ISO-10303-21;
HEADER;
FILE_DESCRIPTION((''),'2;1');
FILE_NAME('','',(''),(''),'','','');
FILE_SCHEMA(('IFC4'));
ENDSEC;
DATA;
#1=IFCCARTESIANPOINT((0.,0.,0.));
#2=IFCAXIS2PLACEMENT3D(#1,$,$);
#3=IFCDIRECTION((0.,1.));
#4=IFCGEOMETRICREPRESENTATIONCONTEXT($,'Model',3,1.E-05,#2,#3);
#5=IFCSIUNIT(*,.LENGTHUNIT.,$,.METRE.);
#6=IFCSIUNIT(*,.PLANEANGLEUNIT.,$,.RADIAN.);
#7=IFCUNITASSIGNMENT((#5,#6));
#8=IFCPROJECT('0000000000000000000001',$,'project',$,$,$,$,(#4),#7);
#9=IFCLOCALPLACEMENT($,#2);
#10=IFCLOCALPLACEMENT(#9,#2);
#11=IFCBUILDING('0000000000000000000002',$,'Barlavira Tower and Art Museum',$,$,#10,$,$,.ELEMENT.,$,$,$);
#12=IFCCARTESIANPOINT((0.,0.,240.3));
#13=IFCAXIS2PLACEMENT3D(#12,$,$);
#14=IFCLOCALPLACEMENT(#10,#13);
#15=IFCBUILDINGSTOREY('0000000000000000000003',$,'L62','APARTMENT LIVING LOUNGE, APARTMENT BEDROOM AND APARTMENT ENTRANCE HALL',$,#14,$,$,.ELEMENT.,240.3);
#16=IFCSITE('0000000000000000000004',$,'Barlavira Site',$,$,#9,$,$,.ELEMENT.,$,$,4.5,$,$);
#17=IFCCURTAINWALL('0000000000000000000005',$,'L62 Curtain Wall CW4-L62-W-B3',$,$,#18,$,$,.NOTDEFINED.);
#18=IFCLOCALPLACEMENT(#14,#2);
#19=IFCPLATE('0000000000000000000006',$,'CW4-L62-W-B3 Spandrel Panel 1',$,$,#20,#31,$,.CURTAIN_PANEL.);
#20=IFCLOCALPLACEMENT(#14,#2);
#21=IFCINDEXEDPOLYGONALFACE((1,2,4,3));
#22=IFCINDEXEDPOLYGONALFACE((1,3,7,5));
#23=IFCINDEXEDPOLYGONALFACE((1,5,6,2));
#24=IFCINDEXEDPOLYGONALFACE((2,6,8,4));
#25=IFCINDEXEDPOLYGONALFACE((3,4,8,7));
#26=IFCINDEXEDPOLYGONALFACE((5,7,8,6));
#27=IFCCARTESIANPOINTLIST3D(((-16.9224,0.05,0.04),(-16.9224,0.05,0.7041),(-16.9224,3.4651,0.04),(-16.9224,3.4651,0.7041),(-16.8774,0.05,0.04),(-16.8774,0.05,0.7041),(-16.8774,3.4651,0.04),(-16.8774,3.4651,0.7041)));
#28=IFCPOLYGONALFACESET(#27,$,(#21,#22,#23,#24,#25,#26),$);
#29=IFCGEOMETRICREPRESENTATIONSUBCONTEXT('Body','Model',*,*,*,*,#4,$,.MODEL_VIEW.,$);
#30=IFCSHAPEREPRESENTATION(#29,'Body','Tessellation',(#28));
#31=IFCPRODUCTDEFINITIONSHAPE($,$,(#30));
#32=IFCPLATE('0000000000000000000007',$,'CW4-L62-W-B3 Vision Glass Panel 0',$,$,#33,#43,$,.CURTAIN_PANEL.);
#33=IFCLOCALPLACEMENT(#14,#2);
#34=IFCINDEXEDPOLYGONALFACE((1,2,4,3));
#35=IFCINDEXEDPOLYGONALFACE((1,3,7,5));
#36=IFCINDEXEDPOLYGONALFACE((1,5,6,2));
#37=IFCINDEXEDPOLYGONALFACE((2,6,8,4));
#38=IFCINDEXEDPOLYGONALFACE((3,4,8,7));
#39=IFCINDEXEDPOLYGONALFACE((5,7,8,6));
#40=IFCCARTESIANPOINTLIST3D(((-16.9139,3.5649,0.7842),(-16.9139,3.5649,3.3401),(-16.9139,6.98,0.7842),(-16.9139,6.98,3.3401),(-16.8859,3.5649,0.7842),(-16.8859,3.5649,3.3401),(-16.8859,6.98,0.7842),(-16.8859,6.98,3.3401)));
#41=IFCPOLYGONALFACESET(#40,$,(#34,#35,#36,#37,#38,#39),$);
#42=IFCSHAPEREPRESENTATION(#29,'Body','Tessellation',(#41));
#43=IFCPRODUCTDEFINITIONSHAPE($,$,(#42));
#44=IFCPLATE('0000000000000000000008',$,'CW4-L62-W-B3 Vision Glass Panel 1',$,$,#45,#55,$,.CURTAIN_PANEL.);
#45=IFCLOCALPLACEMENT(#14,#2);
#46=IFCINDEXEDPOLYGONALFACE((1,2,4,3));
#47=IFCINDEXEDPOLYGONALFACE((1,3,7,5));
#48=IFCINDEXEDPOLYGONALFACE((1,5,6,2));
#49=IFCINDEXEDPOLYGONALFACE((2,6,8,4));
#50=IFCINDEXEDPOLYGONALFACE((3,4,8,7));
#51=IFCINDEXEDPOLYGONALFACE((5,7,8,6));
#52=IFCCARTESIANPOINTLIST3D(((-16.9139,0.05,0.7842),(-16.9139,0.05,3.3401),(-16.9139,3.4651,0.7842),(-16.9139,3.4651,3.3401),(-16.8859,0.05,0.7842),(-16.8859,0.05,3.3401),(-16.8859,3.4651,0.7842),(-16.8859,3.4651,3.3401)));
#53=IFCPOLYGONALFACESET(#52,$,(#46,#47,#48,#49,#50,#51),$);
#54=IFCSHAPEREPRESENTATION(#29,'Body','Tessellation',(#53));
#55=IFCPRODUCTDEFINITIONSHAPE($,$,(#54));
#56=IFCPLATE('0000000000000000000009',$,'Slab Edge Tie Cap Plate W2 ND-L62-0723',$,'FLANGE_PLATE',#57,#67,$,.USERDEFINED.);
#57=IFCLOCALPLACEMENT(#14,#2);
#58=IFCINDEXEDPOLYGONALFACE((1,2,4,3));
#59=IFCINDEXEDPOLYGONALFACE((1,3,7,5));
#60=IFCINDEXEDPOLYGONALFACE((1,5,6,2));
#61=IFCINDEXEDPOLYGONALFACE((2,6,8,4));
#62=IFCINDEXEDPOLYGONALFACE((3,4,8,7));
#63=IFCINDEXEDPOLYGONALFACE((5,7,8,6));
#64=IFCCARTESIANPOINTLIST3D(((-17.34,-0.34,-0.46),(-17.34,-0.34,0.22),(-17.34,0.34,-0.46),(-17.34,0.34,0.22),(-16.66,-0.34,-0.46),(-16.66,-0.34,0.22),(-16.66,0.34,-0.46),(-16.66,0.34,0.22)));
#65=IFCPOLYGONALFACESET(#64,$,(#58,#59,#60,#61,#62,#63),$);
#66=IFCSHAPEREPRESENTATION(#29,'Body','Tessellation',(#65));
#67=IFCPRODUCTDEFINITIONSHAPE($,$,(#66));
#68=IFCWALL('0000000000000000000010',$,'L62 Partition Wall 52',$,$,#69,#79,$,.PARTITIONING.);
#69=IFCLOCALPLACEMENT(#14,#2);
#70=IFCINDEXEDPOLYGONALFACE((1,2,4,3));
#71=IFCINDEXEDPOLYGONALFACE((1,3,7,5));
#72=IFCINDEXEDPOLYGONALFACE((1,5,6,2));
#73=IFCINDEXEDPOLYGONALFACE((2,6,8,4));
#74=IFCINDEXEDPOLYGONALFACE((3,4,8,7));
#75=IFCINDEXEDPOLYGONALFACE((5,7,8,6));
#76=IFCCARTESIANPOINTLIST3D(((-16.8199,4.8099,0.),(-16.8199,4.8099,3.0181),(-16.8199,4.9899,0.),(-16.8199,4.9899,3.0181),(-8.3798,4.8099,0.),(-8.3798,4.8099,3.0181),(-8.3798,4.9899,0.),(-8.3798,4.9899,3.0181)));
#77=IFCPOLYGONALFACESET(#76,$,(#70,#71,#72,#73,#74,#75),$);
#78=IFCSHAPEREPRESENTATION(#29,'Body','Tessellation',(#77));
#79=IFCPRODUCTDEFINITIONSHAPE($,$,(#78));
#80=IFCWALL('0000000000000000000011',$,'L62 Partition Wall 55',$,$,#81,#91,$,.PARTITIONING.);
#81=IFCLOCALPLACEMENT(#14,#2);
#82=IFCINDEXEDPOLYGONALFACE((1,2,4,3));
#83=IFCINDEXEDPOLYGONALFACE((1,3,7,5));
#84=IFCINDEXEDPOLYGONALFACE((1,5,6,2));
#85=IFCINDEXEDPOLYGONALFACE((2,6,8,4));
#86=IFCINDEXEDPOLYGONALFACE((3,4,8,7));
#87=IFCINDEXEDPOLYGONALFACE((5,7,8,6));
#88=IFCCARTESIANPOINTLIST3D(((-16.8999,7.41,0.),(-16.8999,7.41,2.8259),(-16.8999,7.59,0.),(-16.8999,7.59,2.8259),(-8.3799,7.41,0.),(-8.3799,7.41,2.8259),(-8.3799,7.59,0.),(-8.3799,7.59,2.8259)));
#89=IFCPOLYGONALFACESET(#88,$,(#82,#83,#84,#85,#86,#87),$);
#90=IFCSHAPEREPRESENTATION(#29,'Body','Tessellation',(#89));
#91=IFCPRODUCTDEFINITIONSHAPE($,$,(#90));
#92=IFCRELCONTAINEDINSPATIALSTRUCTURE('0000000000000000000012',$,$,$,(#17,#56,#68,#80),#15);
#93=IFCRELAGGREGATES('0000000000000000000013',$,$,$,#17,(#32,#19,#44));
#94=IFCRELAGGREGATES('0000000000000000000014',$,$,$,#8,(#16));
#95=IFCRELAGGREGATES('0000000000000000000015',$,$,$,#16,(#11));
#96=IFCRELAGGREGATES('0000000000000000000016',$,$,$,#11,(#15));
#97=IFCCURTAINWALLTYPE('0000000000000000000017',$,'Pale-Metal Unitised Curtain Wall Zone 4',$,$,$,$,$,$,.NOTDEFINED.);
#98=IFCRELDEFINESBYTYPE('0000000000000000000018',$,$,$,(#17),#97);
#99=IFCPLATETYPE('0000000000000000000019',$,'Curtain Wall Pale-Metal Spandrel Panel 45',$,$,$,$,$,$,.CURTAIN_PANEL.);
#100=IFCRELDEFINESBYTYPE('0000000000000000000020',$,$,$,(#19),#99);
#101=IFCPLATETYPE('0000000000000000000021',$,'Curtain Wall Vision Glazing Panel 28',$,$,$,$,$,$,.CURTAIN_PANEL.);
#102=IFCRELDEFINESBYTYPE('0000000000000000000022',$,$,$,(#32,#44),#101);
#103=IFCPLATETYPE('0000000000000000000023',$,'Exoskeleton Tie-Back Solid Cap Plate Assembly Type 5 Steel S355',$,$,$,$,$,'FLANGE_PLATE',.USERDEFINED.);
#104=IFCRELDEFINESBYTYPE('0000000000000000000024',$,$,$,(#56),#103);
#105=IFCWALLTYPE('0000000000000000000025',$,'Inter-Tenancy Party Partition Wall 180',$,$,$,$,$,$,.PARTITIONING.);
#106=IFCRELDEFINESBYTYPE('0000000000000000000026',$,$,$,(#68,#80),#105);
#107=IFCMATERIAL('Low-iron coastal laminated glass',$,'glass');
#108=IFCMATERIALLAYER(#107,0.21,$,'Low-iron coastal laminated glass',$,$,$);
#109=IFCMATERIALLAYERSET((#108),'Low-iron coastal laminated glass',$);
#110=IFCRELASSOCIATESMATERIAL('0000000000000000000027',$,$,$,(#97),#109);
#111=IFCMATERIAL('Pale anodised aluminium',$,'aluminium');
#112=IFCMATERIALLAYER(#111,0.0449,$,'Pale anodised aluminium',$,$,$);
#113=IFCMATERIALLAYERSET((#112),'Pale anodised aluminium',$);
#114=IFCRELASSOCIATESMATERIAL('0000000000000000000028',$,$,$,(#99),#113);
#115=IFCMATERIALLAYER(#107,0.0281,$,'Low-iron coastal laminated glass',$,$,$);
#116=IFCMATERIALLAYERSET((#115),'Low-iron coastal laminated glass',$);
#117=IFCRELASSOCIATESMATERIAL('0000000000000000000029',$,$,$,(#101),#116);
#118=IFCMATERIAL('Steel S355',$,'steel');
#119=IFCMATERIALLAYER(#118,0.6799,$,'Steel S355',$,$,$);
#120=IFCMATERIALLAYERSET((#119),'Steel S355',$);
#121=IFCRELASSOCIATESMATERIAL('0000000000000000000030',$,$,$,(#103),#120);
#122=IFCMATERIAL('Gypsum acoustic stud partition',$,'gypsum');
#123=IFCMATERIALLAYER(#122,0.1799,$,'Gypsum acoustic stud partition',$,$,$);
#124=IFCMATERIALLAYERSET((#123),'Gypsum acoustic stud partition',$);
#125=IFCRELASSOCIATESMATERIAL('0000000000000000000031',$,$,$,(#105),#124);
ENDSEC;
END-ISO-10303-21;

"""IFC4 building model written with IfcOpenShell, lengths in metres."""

from ifc_helpers import new_model, si_unit, direction, frame, frame_2d, origin, origin_2d, place, context, subcontext, project, spatial, rectangle, extrude, material, layer, layer_set, type_object, element, aggregate, save


model = new_model("IFC4")

# Units and contexts
model_context = context("Model", 3, precision=1e-05, world=origin(), true_north=direction((0.0, 1.0)))
body_context = subcontext(model_context, "Body", "Model", "MODEL_VIEW")
ifc_project = project(units=[si_unit("LENGTHUNIT", "METRE"), si_unit("PLANEANGLEUNIT", "RADIAN")], contexts=[model_context])

# Site, building, storey
site_placement = place(None, origin())
site = spatial("IfcSite", under=ifc_project, at=site_placement, Name="Barlavira Site", CompositionType="ELEMENT", RefElevation=4.5)
building_placement = place(site_placement, origin())
building = spatial("IfcBuilding", under=site, at=building_placement, Name="Barlavira Tower and Art Museum", CompositionType="ELEMENT")
storey_placement = place(building_placement, frame((0.0, 0.0, 240.3)))
storey = spatial("IfcBuildingStorey", under=building, at=storey_placement, Name="L62", Description="APARTMENT LIVING LOUNGE, APARTMENT BEDROOM AND APARTMENT ENTRANCE HALL", CompositionType="ELEMENT", Elevation=240.3)

# Curtain wall
ifc_material_1 = material(Name="Low-iron coastal laminated glass", Category="glass")
ifc_layer_1 = layer(ifc_material_1, 0.21, Name="Low-iron coastal laminated glass")
ifc_layer_set_1 = layer_set([ifc_layer_1], Name="Low-iron coastal laminated glass")
curtain_wall_type = type_object("IfcCurtainWallType", Name="Pale-Metal Unitised Curtain Wall Zone 4", PredefinedType="NOTDEFINED", material=ifc_layer_set_1)
curtain_wall_placement = place(storey_placement, origin())
curtain_wall = element("IfcCurtainWall", 1, at=curtain_wall_placement, inside=storey, type_object=curtain_wall_type, Name="L62 Curtain Wall CW4-L62-W-B3", PredefinedType="NOTDEFINED")
ifc_material_2 = material(Name="Pale anodised aluminium", Category="aluminium")

# Shared definitions
ifc_material_3 = material(Name="Steel S355", Category="steel")

# Plates
ifc_layer_2 = layer(ifc_material_2, 0.0449, Name="Pale anodised aluminium")
ifc_layer_set_2 = layer_set([ifc_layer_2], Name="Pale anodised aluminium")
plate_type_1 = type_object("IfcPlateType", Name="Curtain Wall Pale-Metal Spandrel Panel 45", PredefinedType="CURTAIN_PANEL", material=ifc_layer_set_2)
plate_1_placement = place(storey_placement, frame((-16.8999, 1.7576, 0.04), z_axis=(0.0, 0.0, 1.0), x_axis=(0.0, -1.0, 0.0)))
plate_1 = element("IfcPlate", 2, at=plate_1_placement, type_object=plate_type_1, Name="CW4-L62-W-B3 Spandrel Panel 1", PredefinedType="CURTAIN_PANEL", context=body_context, shape_type="SweptSolid", body=[
    extrude(rectangle(XDim=3.415, YDim=0.0449, at=origin_2d()), origin(), (0.0, 0.0, 1.0), 0.6641),
])
ifc_layer_3 = layer(ifc_material_1, 0.0281, Name="Low-iron coastal laminated glass")
ifc_layer_set_3 = layer_set([ifc_layer_3], Name="Low-iron coastal laminated glass")
plate_type_2 = type_object("IfcPlateType", Name="Curtain Wall Vision Glazing Panel 28", PredefinedType="CURTAIN_PANEL", material=ifc_layer_set_3)
plate_2_placement = place(storey_placement, frame((-16.8999, 5.2725, 0.7842), z_axis=(0.0, 0.0, 1.0), x_axis=(0.0, -1.0, 0.0)))
plate_2 = element("IfcPlate", 3, at=plate_2_placement, type_object=plate_type_2, Name="CW4-L62-W-B3 Vision Glass Panel 0", PredefinedType="CURTAIN_PANEL", context=body_context, shape_type="SweptSolid", body=[
    extrude(rectangle(XDim=3.415, YDim=0.0281, at=origin_2d()), origin(), (0.0, 0.0, 1.0), 2.5559),
])
plate_3_placement = place(storey_placement, frame((-16.8999, 1.7576, 0.7842), z_axis=(0.0, 0.0, 1.0), x_axis=(0.0, -1.0, 0.0)))
plate_3 = element("IfcPlate", 4, at=plate_3_placement, type_object=plate_type_2, Name="CW4-L62-W-B3 Vision Glass Panel 1", PredefinedType="CURTAIN_PANEL", context=body_context, shape_type="SweptSolid", body=[
    extrude(rectangle(XDim=3.415, YDim=0.0281, at=origin_2d()), origin(), (0.0, 0.0, 1.0), 2.5559),
])
aggregate(curtain_wall, [plate_2, plate_1, plate_3])
ifc_layer_4 = layer(ifc_material_3, 0.6799, Name="Steel S355")
ifc_layer_set_4 = layer_set([ifc_layer_4], Name="Steel S355")
plate_type_3 = type_object("IfcPlateType", Name="Exoskeleton Tie-Back Solid Cap Plate Assembly Type 5 Steel S355", ElementType="FLANGE_PLATE", PredefinedType="USERDEFINED", material=ifc_layer_set_4)
plate_4_placement = place(storey_placement, frame((-17.0, 0.0, -0.46), z_axis=(0.0, 0.0, 1.0), x_axis=(1.0, 0.0, 0.0)))
element("IfcPlate", 5, at=plate_4_placement, inside=storey, type_object=plate_type_3, Name="Slab Edge Tie Cap Plate W2 ND-L62-0723", ObjectType="FLANGE_PLATE", PredefinedType="USERDEFINED", context=body_context, shape_type="SweptSolid", body=[
    extrude(rectangle(XDim=0.6799, YDim=0.6799, at=origin_2d()), origin(), (0.0, 0.0, 1.0), 0.6799),
])

# Walls
ifc_material_4 = material(Name="Gypsum acoustic stud partition", Category="gypsum")
ifc_layer_5 = layer(ifc_material_4, 0.1799, Name="Gypsum acoustic stud partition")
ifc_layer_set_5 = layer_set([ifc_layer_5], Name="Gypsum acoustic stud partition")
wall_type_1 = type_object("IfcWallType", Name="Inter-Tenancy Party Partition Wall 180", PredefinedType="PARTITIONING", material=ifc_layer_set_5)
wall_1_placement = place(storey_placement, frame((-16.8201, 4.8999, 0.0), z_axis=(0.0, 0.0, 1.0), x_axis=(1.0, 0.0, 0.0)))
element("IfcWall", 6, at=wall_1_placement, inside=storey, type_object=wall_type_1, Name="L62 Partition Wall 52", PredefinedType="PARTITIONING", context=body_context, shape_type="SweptSolid", body=[
    extrude(rectangle(XDim=8.4402, YDim=0.1799, at=frame_2d((4.2202, 0.0))), origin(), (0.0, 0.0, 1.0), 3.0181),
])
wall_2_placement = place(storey_placement, frame((-16.8999, 7.5, 0.0), z_axis=(0.0, 0.0, 1.0), x_axis=(1.0, 0.0, 0.0)))
element("IfcWall", 7, at=wall_2_placement, inside=storey, type_object=wall_type_1, Name="L62 Partition Wall 55", PredefinedType="PARTITIONING", context=body_context, shape_type="SweptSolid", body=[
    extrude(rectangle(XDim=8.52, YDim=0.1799, at=frame_2d((4.26, 0.0))), origin(), (0.0, 0.0, 1.0), 2.8259),
])

save(model, "model.ifc")
